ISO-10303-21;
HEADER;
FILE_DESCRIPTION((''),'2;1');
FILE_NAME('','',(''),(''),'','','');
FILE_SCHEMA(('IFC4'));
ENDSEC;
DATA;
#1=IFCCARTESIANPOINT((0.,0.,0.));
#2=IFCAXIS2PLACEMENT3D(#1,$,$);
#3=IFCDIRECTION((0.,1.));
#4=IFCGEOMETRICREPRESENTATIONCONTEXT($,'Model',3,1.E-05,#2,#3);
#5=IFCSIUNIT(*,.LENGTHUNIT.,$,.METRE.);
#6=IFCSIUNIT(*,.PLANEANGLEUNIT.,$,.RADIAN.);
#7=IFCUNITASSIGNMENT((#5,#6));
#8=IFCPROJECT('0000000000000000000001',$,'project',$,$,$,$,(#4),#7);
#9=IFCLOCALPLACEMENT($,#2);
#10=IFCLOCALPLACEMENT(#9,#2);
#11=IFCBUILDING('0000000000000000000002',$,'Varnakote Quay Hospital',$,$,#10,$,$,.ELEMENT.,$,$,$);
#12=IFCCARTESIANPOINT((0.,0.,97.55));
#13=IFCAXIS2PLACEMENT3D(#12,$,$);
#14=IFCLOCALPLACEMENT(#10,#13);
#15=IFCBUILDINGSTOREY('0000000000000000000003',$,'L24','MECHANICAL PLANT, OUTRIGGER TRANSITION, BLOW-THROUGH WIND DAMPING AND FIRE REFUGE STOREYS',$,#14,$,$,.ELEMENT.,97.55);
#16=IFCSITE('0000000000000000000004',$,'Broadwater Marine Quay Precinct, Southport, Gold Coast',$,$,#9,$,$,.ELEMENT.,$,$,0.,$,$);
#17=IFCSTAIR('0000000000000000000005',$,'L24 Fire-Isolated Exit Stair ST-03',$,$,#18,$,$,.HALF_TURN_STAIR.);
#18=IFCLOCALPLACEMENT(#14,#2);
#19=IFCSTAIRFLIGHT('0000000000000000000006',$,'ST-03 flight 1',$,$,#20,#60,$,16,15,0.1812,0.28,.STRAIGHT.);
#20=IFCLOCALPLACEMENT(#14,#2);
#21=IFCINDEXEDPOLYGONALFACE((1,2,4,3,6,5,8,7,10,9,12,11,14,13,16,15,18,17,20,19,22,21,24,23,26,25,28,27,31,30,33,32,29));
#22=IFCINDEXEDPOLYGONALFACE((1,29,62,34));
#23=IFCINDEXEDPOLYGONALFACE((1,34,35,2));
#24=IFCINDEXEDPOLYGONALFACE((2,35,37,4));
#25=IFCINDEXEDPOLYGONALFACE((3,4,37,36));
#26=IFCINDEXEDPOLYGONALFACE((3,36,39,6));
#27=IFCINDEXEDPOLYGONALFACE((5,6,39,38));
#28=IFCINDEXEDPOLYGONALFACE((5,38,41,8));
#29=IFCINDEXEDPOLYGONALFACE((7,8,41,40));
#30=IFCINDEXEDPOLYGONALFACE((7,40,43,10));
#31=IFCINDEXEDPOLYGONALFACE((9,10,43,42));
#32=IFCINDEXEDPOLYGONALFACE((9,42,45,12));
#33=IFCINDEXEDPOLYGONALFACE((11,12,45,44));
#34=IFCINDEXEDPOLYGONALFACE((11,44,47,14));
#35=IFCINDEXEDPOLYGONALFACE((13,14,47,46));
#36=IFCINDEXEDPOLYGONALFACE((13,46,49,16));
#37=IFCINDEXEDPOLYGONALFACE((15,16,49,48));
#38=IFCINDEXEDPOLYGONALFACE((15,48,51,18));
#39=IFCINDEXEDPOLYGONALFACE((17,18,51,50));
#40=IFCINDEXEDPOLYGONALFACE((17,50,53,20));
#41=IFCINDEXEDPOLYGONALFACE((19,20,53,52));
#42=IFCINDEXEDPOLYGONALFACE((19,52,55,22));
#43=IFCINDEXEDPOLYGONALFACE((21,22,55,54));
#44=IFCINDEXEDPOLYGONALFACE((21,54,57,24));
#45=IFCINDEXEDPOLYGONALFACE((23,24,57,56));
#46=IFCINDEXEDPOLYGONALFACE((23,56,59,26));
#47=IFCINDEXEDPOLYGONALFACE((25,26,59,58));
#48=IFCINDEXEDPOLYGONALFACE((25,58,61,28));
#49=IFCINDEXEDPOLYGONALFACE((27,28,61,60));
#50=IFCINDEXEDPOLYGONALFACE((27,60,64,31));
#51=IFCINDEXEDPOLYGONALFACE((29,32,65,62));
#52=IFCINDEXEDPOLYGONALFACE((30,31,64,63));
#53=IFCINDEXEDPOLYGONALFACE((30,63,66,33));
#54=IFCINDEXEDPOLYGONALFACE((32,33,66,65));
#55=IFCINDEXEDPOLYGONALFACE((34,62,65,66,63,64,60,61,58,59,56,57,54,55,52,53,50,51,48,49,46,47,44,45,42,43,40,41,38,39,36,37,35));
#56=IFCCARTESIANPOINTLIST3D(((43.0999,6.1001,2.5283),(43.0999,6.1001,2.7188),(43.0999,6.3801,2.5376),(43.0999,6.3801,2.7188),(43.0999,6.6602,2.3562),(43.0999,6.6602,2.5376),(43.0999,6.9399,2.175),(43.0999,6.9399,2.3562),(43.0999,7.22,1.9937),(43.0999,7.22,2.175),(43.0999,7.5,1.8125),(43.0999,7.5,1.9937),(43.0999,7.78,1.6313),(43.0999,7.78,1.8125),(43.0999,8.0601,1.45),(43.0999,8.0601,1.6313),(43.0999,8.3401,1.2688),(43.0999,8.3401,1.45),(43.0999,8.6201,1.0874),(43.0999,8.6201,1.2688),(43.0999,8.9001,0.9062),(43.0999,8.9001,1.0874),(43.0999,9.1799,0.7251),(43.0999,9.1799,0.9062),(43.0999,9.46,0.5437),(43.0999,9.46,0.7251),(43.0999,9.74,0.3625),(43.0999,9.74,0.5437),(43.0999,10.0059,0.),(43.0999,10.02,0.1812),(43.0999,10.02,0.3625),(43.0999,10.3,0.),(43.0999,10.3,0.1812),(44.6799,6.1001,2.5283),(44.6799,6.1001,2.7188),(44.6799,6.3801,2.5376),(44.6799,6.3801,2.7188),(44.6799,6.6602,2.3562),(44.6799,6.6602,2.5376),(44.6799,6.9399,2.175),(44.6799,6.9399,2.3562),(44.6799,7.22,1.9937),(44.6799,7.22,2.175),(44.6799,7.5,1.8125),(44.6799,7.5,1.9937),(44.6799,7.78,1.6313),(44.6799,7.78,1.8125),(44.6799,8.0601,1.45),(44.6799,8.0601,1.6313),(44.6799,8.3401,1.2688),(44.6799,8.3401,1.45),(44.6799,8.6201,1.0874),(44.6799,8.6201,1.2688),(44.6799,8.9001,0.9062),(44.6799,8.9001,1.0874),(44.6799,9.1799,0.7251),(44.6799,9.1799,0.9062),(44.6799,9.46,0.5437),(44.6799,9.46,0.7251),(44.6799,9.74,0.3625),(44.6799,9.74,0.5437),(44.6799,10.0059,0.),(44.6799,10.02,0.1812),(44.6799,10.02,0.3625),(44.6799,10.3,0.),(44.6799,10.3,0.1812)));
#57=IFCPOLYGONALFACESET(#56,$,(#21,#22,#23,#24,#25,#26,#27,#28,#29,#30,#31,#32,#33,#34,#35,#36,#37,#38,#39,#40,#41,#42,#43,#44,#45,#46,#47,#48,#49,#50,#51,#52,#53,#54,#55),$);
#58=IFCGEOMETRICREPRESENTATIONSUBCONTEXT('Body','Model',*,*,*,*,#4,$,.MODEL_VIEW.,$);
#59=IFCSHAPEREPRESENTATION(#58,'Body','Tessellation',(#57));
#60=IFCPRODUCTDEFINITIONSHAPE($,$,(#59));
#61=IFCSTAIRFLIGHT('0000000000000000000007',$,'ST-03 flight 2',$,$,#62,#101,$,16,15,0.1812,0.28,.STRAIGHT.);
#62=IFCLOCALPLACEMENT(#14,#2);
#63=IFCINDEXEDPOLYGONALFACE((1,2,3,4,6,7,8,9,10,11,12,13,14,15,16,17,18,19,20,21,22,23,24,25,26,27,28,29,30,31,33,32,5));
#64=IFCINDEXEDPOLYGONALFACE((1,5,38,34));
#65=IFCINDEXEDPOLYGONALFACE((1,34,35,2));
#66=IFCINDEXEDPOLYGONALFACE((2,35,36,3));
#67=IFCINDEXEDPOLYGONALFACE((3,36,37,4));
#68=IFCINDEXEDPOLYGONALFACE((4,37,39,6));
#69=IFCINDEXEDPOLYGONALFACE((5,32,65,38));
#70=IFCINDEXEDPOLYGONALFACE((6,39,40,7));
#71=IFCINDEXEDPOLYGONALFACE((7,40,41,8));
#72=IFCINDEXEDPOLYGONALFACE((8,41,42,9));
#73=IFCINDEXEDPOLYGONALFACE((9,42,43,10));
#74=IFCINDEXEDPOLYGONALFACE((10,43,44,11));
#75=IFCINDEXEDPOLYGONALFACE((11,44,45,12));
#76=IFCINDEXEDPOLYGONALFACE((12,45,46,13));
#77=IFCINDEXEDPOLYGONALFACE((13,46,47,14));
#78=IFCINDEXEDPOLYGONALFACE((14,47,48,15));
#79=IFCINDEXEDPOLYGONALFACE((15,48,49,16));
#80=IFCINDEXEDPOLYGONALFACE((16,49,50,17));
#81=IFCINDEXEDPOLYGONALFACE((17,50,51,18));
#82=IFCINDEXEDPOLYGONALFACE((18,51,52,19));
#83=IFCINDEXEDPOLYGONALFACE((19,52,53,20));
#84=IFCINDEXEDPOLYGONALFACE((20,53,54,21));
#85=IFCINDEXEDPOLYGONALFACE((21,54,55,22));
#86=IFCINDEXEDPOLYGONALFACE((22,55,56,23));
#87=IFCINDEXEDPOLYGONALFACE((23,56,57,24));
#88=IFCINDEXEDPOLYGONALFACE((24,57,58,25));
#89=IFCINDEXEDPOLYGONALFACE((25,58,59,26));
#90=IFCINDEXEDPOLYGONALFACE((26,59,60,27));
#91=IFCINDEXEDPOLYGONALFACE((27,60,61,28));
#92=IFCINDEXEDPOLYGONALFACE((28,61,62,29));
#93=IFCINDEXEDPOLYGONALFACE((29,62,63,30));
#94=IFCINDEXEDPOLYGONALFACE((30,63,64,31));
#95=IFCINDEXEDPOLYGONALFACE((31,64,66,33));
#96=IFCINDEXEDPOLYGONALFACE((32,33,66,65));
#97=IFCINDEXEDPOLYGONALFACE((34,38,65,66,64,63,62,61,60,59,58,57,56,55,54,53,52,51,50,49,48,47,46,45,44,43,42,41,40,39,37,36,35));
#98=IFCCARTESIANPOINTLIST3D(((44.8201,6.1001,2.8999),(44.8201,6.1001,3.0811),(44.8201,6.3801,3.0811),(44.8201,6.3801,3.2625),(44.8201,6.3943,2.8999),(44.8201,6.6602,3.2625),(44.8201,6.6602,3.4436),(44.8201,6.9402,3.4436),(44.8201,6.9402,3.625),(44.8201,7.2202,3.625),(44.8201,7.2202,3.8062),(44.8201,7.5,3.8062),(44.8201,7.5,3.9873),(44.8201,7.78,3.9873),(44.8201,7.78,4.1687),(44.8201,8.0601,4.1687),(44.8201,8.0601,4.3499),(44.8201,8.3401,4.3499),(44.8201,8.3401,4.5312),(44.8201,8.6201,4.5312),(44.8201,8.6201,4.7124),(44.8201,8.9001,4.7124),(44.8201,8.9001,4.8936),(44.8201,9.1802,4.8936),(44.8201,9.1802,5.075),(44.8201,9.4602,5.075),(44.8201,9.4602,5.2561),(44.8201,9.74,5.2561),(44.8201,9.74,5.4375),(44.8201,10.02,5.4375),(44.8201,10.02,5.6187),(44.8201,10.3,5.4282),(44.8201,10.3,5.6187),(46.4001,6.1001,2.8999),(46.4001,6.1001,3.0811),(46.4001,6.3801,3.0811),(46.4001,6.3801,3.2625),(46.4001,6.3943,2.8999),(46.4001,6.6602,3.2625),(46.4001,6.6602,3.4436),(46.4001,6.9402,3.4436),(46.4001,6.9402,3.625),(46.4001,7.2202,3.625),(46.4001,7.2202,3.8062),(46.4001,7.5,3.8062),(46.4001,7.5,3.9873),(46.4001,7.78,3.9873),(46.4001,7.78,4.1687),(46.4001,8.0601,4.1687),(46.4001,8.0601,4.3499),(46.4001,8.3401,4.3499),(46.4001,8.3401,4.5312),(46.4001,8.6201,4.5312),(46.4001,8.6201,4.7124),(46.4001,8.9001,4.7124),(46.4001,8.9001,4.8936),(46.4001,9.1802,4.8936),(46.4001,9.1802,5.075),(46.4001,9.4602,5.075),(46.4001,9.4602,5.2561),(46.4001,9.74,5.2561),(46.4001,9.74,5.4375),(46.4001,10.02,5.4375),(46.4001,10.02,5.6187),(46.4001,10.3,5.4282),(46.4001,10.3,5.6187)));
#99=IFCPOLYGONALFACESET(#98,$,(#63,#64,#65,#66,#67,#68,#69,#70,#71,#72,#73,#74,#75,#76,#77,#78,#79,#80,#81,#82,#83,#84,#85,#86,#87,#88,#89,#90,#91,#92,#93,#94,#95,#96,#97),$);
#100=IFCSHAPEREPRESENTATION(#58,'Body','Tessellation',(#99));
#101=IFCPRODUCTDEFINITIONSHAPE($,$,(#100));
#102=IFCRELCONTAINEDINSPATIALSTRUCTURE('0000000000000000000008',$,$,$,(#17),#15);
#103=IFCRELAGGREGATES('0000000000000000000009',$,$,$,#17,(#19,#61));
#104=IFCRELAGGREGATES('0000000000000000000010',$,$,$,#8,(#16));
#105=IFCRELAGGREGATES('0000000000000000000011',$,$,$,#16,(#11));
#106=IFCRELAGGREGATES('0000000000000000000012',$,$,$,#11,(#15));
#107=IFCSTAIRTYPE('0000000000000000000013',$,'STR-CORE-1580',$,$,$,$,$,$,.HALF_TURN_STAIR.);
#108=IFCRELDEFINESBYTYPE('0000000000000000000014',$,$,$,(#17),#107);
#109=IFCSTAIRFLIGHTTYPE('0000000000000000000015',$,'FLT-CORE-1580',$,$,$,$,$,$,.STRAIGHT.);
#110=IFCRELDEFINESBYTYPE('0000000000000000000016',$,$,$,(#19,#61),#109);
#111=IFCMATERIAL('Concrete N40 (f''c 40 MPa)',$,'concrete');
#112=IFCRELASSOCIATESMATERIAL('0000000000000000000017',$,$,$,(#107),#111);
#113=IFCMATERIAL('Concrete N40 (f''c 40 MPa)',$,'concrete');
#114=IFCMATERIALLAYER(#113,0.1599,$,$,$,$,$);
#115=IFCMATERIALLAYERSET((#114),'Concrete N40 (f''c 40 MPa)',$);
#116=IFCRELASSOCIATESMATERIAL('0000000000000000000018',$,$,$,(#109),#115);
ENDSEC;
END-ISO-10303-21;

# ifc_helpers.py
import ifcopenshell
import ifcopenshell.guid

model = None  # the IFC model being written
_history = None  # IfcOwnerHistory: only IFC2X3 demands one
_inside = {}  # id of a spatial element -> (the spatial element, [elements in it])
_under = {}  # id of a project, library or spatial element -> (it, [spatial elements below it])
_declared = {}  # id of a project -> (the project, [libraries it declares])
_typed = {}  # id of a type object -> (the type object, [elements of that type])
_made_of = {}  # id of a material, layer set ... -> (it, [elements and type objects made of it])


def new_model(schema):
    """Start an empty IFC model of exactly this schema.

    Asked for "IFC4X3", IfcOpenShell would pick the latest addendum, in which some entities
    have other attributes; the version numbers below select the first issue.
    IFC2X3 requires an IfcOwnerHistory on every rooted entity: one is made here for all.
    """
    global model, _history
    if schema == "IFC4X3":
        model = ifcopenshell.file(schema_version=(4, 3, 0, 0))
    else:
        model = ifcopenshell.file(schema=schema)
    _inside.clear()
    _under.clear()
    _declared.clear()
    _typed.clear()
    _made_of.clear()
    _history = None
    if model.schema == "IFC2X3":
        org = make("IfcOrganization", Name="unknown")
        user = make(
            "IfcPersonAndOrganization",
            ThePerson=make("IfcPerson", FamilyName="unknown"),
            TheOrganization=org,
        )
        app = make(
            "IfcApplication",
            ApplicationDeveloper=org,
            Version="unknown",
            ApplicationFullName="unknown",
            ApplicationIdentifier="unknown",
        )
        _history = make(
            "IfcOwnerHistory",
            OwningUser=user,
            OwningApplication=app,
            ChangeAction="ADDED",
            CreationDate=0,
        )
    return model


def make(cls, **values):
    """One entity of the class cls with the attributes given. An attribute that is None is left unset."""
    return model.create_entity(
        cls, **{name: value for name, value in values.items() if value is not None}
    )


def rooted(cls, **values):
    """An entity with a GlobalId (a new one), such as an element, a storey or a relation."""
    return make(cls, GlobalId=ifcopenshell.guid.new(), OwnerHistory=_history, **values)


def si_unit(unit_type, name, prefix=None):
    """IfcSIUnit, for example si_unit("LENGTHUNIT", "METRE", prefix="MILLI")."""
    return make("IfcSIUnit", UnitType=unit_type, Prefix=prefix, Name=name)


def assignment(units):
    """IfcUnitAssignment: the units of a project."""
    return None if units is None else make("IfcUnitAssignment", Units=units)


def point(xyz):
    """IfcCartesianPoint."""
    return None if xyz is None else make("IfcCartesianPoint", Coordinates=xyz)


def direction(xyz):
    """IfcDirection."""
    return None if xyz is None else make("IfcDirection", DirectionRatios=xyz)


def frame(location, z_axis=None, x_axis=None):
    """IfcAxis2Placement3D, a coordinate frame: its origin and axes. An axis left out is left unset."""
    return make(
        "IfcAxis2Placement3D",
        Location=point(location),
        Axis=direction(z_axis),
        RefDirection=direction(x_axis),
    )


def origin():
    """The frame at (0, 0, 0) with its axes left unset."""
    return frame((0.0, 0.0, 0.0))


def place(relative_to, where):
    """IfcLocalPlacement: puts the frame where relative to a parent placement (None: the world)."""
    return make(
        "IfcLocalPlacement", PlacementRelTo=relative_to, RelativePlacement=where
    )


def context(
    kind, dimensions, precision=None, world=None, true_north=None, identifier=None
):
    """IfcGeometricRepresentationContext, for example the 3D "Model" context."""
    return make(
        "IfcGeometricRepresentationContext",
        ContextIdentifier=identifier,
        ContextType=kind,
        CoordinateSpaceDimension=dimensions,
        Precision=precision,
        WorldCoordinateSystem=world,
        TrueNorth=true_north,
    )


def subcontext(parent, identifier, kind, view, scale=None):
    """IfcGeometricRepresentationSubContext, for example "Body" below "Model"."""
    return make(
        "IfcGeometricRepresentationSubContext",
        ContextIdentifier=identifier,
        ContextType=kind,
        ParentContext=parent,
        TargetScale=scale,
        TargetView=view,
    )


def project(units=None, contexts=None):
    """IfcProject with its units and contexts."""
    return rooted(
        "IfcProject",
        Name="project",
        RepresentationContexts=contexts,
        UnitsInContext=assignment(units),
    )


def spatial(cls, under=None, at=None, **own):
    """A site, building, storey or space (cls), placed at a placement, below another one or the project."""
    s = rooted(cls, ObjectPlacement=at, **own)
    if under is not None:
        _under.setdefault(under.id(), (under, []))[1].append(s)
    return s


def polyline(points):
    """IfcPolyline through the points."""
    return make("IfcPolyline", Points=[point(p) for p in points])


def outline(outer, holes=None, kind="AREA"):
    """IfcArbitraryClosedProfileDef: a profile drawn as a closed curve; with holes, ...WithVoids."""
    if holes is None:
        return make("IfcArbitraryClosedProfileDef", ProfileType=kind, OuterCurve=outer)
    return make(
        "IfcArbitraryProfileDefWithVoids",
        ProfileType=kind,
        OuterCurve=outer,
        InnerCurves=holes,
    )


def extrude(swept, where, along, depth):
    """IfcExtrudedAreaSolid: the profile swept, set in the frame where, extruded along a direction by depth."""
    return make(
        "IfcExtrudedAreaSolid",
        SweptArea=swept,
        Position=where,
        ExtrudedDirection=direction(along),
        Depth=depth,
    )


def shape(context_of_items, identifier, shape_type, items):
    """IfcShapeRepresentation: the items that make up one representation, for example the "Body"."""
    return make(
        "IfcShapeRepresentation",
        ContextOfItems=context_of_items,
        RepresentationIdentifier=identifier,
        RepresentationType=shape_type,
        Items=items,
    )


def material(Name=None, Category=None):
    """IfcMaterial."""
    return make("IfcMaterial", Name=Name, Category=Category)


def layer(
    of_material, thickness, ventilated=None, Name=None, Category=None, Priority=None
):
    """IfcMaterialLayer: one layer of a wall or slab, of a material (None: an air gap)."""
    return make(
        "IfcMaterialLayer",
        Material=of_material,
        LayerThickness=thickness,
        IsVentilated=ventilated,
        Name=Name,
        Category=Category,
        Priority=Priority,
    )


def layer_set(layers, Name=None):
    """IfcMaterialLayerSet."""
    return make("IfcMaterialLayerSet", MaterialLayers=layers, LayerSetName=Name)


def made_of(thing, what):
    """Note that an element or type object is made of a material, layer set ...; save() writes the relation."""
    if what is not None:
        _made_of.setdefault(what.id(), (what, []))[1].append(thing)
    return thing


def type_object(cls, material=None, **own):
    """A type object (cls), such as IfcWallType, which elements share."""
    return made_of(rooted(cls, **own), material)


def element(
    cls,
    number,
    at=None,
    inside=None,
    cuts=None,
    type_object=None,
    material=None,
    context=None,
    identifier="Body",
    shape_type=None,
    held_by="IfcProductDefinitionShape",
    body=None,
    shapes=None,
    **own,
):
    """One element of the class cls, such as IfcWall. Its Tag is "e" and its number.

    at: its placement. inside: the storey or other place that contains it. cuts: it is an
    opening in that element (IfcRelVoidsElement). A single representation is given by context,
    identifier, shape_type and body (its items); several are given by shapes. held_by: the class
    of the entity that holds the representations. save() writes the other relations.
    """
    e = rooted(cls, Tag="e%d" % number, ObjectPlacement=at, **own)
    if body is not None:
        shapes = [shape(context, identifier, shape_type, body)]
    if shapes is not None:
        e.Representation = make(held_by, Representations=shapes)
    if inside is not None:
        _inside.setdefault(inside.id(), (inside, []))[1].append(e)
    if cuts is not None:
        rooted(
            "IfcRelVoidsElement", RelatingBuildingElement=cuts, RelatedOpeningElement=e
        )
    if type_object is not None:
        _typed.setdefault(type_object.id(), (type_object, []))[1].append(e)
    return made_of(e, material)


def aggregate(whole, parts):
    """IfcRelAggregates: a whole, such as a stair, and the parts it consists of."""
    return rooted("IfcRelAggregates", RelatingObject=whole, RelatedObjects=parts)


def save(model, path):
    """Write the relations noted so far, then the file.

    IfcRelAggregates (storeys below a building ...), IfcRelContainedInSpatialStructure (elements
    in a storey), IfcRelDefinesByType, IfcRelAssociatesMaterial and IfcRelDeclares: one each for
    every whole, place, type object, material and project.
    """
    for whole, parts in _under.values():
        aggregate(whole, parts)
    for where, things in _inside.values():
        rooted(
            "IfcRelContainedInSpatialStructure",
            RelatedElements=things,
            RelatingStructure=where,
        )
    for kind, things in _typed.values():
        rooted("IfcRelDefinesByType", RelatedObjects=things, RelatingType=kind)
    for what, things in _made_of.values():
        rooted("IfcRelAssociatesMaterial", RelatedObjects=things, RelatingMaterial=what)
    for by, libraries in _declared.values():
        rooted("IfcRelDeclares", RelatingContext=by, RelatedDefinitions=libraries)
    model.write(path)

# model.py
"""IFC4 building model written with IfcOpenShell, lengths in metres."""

from ifc_helpers import new_model, si_unit, direction, frame, origin, place, context, subcontext, project, spatial, polyline, outline, extrude, material, layer, layer_set, type_object, element, aggregate, save


model = new_model("IFC4")

# Units and contexts
model_context = context("Model", 3, precision=1e-05, world=origin(), true_north=direction((0.0, 1.0)))
body_context = subcontext(model_context, "Body", "Model", "MODEL_VIEW")
ifc_project = project(units=[si_unit("LENGTHUNIT", "METRE"), si_unit("PLANEANGLEUNIT", "RADIAN")], contexts=[model_context])

# Site, building, storey
site_placement = place(None, origin())
site = spatial("IfcSite", under=ifc_project, at=site_placement, Name="Broadwater Marine Quay Precinct, Southport, Gold Coast", CompositionType="ELEMENT", RefElevation=0.0)
building_placement = place(site_placement, origin())
building = spatial("IfcBuilding", under=site, at=building_placement, Name="Varnakote Quay Hospital", CompositionType="ELEMENT")
storey_placement = place(building_placement, frame((0.0, 0.0, 97.55)))
storey = spatial("IfcBuildingStorey", under=building, at=storey_placement, Name="L24", Description="MECHANICAL PLANT, OUTRIGGER TRANSITION, BLOW-THROUGH WIND DAMPING AND FIRE REFUGE STOREYS", CompositionType="ELEMENT", Elevation=97.55)

# Stair, stair flights
ifc_material_1 = material(Name="Concrete N40 (f'c 40 MPa)", Category="concrete")
stair_type = type_object("IfcStairType", Name="STR-CORE-1580", PredefinedType="HALF_TURN_STAIR", material=ifc_material_1)
stair_placement = place(storey_placement, origin())
stair = element("IfcStair", 1, at=stair_placement, inside=storey, type_object=stair_type, Name="L24 Fire-Isolated Exit Stair ST-03", PredefinedType="HALF_TURN_STAIR")
ifc_material_2 = material(Name="Concrete N40 (f'c 40 MPa)", Category="concrete")
ifc_layer_1 = layer(ifc_material_2, 0.1599)
ifc_layer_set_1 = layer_set([ifc_layer_1], Name="Concrete N40 (f'c 40 MPa)")
stair_flight_type = type_object("IfcStairFlightType", Name="FLT-CORE-1580", PredefinedType="STRAIGHT", material=ifc_layer_set_1)
stair_flight_1_placement = place(storey_placement, frame((43.8899, 10.3, 0.0), z_axis=(0.0, 0.0, 1.0), x_axis=(0.0, -1.0, 0.0)))
stair_flight_1 = element("IfcStairFlight", 2, at=stair_flight_1_placement, type_object=stair_flight_type, Name="ST-03 flight 1", NumberOfRisers=16, NumberOfTreads=15, PredefinedType="STRAIGHT", RiserHeight=0.1812, TreadLength=0.28, context=body_context, shape_type="SweptSolid", body=[
    extrude(outline(polyline([(0.0, 0.0), (0.0, 0.1812), (0.28, 0.1812), (0.28, 0.3625), (0.5601, 0.3625), (0.5601, 0.5437), (0.8401, 0.5437), (0.8401, 0.7251), (1.1201, 0.7251), (1.1201, 0.9062), (1.3999, 0.9062), (1.3999, 1.0874), (1.6799, 1.0874), (1.6799, 1.2688), (1.96, 1.2688), (1.96, 1.45), (2.24, 1.45), (2.24, 1.6313), (2.52, 1.6313), (2.52, 1.8125), (2.8, 1.8125), (2.8, 1.9937), (3.0801, 1.9937), (3.0801, 2.175), (3.3601, 2.175), (3.3601, 2.3562), (3.6399, 2.3562), (3.6399, 2.5376), (3.9199, 2.5376), (3.9199, 2.7188), (4.2, 2.7188), (4.2, 2.8999), (4.2, 2.5283), (0.2942, 0.0), (0.0, 0.0)])), frame((0.0, 0.79, 0.0), z_axis=(0.0, -1.0, 0.0), x_axis=(1.0, 0.0, 0.0)), (0.0, 0.0, 1.0), 1.5801),
])
stair_flight_2_placement = place(storey_placement, frame((45.6101, 6.1001, 2.8999), z_axis=(0.0, 0.0, 1.0), x_axis=(0.0, 1.0, 0.0)))
stair_flight_2 = element("IfcStairFlight", 3, at=stair_flight_2_placement, type_object=stair_flight_type, Name="ST-03 flight 2", NumberOfRisers=16, NumberOfTreads=15, PredefinedType="STRAIGHT", RiserHeight=0.1812, TreadLength=0.28, context=body_context, shape_type="SweptSolid", body=[
    extrude(outline(polyline([(0.0, 0.0), (0.0, 0.1812), (0.28, 0.1812), (0.28, 0.3625), (0.5601, 0.3625), (0.5601, 0.5437), (0.8401, 0.5437), (0.8401, 0.7251), (1.1201, 0.7251), (1.1201, 0.9062), (1.3999, 0.9062), (1.3999, 1.0874), (1.6799, 1.0874), (1.6799, 1.2688), (1.96, 1.2688), (1.96, 1.45), (2.24, 1.45), (2.24, 1.6313), (2.52, 1.6313), (2.52, 1.8125), (2.8, 1.8125), (2.8, 1.9937), (3.0801, 1.9937), (3.0801, 2.175), (3.3601, 2.175), (3.3601, 2.3562), (3.6399, 2.3562), (3.6399, 2.5376), (3.9199, 2.5376), (3.9199, 2.7188), (4.2, 2.7188), (4.2, 2.8999), (4.2, 2.5283), (0.2942, 0.0), (0.0, 0.0)])), frame((0.0, 0.79, 0.0), z_axis=(0.0, -1.0, 0.0), x_axis=(1.0, 0.0, 0.0)), (0.0, 0.0, 1.0), 1.5801),
])
aggregate(stair, [stair_flight_1, stair_flight_2])

save(model, "model.ifc")
